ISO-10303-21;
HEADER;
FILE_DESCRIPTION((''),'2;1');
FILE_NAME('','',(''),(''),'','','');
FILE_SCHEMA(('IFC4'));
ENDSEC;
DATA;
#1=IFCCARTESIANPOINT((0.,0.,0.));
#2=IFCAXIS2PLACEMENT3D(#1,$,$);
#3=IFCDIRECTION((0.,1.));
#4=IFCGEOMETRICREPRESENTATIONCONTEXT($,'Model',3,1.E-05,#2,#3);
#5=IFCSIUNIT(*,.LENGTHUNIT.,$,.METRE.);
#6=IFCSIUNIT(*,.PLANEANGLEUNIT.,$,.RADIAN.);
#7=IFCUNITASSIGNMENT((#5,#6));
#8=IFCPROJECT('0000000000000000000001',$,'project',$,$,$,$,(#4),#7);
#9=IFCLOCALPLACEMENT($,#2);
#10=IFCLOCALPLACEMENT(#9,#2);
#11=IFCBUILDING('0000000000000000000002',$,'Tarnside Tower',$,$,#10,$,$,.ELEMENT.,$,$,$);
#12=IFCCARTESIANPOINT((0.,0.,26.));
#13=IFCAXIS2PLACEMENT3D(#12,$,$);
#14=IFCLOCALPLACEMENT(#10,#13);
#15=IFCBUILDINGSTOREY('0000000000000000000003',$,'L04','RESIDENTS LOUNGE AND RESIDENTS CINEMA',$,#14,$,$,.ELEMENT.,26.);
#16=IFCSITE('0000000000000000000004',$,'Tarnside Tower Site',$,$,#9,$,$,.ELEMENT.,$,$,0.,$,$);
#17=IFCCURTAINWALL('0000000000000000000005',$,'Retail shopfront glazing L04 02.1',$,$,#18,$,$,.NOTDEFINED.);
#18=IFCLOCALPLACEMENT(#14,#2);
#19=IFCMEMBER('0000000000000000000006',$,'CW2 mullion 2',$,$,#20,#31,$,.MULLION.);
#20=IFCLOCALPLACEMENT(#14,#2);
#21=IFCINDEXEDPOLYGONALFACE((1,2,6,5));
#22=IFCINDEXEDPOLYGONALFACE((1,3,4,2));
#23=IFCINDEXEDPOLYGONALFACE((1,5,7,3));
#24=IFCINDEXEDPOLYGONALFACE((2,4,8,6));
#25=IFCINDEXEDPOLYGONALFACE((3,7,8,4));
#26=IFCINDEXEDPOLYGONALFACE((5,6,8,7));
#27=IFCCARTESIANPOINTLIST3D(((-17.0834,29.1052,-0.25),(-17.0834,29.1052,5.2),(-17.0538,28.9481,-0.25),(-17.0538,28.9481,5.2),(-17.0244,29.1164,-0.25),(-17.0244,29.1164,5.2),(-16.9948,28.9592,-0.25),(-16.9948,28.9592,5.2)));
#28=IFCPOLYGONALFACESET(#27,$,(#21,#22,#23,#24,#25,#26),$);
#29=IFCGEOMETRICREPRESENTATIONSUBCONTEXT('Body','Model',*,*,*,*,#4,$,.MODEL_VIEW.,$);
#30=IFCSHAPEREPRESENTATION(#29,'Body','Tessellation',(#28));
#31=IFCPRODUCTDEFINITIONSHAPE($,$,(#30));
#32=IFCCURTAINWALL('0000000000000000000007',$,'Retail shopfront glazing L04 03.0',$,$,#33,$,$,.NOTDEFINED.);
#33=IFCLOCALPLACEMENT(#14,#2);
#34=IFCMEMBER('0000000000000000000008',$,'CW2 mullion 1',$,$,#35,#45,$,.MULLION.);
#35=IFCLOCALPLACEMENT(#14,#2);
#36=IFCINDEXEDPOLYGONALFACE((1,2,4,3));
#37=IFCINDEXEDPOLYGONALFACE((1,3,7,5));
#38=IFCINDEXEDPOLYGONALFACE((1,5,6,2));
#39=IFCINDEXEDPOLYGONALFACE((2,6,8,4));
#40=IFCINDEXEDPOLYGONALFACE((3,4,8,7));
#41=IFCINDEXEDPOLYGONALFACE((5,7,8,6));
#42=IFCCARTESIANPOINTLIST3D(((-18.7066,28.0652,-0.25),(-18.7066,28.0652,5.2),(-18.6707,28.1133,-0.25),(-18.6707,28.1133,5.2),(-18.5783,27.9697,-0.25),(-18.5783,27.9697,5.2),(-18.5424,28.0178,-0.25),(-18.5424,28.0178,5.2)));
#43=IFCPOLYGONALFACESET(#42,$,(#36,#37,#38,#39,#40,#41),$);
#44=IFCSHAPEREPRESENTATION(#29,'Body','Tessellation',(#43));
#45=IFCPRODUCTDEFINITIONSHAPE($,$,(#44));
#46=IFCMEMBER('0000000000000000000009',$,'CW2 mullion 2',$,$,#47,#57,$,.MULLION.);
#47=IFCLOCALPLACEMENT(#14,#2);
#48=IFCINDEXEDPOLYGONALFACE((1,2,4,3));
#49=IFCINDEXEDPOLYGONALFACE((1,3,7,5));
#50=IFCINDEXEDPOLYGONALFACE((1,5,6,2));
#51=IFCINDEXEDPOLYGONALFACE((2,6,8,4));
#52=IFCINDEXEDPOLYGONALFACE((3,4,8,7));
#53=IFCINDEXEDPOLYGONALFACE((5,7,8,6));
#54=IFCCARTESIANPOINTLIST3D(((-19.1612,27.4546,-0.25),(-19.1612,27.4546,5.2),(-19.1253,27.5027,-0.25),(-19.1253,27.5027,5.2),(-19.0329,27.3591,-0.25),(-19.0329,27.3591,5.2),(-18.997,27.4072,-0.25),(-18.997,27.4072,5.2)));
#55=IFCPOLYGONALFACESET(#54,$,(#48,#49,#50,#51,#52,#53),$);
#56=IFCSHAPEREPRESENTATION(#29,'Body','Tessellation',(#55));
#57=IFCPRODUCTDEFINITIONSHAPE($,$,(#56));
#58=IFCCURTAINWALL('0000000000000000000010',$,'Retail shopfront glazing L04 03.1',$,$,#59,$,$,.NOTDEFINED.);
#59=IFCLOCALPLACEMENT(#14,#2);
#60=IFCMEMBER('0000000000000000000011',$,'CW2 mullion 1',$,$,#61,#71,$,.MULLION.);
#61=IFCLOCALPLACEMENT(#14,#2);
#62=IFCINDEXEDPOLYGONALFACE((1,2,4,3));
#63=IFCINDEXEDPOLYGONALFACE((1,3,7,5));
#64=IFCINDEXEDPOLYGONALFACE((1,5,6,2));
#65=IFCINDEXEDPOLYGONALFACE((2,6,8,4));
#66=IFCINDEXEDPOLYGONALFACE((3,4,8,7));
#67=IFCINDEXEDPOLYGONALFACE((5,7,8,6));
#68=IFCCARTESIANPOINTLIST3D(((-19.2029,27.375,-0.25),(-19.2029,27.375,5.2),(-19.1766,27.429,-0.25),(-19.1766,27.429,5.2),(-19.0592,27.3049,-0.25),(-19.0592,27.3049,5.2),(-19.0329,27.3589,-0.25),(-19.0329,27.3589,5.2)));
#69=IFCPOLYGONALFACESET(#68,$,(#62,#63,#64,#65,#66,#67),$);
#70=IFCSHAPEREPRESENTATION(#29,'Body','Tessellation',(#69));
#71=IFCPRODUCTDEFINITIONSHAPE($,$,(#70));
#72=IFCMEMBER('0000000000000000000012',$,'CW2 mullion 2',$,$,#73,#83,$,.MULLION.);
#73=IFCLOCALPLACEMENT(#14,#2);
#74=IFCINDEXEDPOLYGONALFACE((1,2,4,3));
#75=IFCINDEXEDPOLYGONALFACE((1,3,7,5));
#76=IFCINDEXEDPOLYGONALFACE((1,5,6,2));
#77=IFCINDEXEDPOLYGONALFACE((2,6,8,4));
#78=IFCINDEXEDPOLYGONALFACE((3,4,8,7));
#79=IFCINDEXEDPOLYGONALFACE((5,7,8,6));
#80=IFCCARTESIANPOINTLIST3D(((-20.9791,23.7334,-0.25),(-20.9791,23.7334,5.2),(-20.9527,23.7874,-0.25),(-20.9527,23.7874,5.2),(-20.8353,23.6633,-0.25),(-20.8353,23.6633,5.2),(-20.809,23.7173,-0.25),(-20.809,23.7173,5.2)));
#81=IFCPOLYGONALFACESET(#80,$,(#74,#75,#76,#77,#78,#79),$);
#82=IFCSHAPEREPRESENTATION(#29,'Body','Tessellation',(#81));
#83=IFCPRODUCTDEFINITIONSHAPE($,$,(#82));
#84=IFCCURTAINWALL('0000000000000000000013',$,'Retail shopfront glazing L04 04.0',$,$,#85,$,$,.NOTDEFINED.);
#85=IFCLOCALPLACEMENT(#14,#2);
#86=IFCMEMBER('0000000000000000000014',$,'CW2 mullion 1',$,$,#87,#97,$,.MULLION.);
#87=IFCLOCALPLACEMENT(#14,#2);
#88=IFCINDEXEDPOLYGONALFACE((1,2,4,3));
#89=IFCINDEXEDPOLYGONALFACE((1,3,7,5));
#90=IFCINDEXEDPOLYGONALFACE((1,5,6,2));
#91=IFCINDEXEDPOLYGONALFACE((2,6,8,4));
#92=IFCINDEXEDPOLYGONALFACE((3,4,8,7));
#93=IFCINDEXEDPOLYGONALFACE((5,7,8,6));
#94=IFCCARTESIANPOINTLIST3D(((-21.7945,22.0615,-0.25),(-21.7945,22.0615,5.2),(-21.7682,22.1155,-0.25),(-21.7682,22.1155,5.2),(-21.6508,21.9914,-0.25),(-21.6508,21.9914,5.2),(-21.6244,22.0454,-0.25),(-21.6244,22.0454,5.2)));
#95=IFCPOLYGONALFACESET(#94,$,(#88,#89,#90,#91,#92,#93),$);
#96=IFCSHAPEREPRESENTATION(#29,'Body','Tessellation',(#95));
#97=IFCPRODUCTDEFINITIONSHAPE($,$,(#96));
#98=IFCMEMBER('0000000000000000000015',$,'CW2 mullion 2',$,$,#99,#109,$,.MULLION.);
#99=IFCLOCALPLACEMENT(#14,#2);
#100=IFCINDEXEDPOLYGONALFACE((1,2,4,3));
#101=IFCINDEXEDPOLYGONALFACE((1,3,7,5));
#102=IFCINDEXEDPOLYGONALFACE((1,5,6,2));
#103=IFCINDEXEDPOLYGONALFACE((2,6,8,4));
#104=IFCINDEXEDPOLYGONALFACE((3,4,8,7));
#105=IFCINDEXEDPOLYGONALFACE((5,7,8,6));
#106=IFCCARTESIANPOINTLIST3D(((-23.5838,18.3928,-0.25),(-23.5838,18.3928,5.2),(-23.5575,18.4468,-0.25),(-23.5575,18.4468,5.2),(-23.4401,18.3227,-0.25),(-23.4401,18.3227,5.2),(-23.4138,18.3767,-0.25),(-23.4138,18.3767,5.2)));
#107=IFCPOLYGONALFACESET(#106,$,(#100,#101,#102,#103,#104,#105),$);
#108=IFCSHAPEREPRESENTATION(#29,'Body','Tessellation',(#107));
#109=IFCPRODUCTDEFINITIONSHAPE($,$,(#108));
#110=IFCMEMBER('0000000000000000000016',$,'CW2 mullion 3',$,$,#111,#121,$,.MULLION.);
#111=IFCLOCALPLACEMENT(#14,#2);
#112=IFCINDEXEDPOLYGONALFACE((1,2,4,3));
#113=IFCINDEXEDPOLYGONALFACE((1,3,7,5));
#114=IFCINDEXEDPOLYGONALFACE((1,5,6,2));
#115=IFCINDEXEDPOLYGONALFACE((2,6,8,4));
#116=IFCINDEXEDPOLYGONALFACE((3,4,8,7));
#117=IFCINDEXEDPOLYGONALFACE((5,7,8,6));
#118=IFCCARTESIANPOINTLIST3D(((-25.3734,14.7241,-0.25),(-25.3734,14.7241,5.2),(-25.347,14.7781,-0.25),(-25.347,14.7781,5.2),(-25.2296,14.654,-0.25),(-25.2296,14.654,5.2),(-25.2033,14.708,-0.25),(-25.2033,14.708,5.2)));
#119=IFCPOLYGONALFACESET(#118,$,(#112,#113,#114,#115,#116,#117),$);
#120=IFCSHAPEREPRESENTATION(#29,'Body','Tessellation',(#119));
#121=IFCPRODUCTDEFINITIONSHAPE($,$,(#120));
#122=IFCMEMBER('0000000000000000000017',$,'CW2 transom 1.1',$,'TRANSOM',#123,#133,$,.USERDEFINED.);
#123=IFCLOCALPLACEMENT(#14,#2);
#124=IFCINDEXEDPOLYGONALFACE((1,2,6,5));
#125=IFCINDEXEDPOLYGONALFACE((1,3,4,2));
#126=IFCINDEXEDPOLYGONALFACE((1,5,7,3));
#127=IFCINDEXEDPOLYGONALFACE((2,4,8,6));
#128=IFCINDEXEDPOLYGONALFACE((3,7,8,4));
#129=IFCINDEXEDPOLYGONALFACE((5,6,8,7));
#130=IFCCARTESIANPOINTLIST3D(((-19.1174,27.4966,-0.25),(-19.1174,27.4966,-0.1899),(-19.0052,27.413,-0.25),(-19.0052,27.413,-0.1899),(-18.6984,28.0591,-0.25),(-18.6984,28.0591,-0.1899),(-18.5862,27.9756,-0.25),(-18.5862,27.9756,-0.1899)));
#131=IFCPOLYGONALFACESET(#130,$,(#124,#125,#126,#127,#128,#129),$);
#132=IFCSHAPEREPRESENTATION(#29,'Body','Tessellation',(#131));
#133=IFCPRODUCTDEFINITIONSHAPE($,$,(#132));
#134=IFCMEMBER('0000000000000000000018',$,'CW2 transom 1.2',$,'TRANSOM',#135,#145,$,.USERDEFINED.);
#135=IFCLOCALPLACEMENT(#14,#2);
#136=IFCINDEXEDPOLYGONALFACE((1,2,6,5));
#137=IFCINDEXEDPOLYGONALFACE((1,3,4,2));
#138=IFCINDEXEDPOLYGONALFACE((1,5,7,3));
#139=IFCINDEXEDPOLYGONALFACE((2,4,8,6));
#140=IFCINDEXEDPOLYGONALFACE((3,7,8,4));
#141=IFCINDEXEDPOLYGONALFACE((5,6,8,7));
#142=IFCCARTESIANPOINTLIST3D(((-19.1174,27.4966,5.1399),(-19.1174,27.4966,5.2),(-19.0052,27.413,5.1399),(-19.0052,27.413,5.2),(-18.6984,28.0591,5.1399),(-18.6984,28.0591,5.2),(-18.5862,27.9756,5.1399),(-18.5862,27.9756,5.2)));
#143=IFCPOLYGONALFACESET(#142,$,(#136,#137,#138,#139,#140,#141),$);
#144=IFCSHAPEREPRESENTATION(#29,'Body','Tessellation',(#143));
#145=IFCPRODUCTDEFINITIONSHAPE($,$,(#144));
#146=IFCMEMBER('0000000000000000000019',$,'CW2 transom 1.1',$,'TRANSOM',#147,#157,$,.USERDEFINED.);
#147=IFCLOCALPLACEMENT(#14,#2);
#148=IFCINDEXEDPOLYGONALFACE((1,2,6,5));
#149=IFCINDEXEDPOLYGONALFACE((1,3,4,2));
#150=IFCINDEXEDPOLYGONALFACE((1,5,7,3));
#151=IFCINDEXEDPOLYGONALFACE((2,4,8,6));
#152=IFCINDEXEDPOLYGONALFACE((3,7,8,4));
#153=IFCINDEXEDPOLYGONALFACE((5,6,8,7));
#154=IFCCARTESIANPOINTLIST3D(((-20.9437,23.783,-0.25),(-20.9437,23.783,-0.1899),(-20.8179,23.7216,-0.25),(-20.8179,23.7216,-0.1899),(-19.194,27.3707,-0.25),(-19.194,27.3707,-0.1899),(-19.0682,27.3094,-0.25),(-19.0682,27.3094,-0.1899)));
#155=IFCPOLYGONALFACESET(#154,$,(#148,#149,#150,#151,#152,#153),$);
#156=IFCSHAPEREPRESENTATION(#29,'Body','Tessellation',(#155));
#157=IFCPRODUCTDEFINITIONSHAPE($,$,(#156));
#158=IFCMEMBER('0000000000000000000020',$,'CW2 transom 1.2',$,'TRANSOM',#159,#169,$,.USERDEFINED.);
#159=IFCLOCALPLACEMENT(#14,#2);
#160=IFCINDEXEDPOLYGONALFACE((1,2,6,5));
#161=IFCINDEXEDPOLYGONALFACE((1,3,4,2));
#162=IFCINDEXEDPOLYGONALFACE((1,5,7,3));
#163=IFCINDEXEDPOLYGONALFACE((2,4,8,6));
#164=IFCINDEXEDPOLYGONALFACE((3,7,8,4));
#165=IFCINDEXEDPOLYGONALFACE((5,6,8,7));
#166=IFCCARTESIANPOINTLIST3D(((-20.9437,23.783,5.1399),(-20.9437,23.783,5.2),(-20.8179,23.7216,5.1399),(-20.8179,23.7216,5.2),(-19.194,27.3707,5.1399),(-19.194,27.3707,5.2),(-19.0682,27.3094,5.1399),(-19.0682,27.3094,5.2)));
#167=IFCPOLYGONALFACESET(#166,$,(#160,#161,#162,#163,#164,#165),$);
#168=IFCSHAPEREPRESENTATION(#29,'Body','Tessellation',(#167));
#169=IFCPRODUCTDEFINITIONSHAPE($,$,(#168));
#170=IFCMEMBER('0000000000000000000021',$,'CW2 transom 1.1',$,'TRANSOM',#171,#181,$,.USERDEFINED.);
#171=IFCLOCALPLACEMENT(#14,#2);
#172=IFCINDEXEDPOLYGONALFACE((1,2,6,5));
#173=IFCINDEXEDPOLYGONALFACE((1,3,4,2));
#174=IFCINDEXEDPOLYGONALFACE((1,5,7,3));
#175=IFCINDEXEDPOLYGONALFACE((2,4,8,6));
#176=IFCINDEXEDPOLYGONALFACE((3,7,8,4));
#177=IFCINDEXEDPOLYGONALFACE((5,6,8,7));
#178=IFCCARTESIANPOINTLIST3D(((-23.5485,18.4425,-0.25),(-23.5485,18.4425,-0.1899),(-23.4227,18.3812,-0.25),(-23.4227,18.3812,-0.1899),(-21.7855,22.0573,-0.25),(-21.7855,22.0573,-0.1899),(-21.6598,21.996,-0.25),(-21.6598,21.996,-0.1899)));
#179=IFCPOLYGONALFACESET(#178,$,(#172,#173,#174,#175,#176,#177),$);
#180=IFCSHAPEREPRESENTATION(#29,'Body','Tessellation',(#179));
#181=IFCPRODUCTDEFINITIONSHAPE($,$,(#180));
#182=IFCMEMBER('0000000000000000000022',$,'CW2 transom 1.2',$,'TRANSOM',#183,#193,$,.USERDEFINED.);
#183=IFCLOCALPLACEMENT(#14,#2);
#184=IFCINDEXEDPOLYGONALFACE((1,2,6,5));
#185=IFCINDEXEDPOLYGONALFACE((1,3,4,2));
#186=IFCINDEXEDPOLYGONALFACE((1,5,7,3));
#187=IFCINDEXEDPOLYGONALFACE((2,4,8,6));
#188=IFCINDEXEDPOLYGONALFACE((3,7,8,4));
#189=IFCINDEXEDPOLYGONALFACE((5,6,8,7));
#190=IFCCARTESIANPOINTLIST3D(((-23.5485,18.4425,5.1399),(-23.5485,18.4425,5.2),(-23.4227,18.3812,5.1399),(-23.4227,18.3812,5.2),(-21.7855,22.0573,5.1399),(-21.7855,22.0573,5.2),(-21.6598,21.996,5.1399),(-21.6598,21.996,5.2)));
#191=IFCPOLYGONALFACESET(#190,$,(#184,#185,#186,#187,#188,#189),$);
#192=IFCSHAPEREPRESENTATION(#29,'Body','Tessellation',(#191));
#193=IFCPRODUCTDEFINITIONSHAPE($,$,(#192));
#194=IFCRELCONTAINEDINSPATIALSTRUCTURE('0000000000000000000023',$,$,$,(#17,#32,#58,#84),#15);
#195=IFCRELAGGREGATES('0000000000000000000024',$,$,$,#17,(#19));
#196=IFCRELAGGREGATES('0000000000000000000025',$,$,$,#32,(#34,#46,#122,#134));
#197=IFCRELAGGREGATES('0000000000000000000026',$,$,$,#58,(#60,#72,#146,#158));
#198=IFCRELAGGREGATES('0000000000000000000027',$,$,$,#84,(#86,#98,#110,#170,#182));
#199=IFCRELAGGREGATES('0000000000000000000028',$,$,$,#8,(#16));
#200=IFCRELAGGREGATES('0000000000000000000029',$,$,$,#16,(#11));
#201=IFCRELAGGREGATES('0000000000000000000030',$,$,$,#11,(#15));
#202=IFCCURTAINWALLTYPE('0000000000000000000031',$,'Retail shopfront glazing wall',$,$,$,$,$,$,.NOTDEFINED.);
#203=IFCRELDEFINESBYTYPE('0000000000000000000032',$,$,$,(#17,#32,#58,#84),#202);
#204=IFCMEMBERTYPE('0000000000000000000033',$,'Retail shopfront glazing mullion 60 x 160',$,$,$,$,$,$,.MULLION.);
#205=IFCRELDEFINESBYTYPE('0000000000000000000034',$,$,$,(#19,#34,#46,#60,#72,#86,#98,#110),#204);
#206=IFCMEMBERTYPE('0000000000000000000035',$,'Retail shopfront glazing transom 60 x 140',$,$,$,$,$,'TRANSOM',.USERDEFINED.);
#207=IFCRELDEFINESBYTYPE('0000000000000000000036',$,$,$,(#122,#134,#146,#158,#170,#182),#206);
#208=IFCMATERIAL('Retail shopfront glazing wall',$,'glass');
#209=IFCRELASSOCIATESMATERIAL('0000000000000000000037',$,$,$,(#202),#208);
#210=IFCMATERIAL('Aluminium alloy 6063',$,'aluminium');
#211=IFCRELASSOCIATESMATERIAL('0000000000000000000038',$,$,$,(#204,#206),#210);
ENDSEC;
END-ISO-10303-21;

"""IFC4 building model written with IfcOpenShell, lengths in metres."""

from ifc_helpers import new_model, si_unit, direction, frame, origin, origin_2d, place, context, subcontext, project, spatial, rectangle, extrude, material, material_profile, profile_set, type_object, element, aggregate, save


model = new_model("IFC4")

# Units and contexts
model_context = context("Model", 3, precision=1e-05, world=origin(), true_north=direction((0.0, 1.0)))
body_context = subcontext(model_context, "Body", "Model", "MODEL_VIEW")
ifc_project = project(units=[si_unit("LENGTHUNIT", "METRE"), si_unit("PLANEANGLEUNIT", "RADIAN")], contexts=[model_context])

# Site, building, storey
site_placement = place(None, origin())
site = spatial("IfcSite", under=ifc_project, at=site_placement, Name="Tarnside Tower Site", CompositionType="ELEMENT", RefElevation=0.0)
building_placement = place(site_placement, origin())
building = spatial("IfcBuilding", under=site, at=building_placement, Name="Tarnside Tower", CompositionType="ELEMENT")
storey_placement = place(building_placement, frame((0.0, 0.0, 26.0)))
storey = spatial("IfcBuildingStorey", under=building, at=storey_placement, Name="L04", Description="RESIDENTS LOUNGE AND RESIDENTS CINEMA", CompositionType="ELEMENT", Elevation=26.0)

# Curtain wall, member
ifc_material_1 = material(Name="Retail shopfront glazing wall", Category="glass")
curtain_wall_type = type_object("IfcCurtainWallType", Name="Retail shopfront glazing wall", PredefinedType="NOTDEFINED", material=ifc_material_1)
curtain_wall_1_placement = place(storey_placement, origin())
curtain_wall_1 = element("IfcCurtainWall", 1, at=curtain_wall_1_placement, inside=storey, type_object=curtain_wall_type, Name="Retail shopfront glazing L04 02.1", PredefinedType="NOTDEFINED")
ifc_material_2 = material(Name="Aluminium alloy 6063", Category="aluminium")
ifc_material_profile_1 = material_profile(ifc_material_2, rectangle(XDim=0.1599, YDim=0.0601, at=origin_2d()), Name="Retail shopfront glazing mullion 60 x 160")
ifc_profile_set_1 = profile_set([ifc_material_profile_1], Name="Aluminium alloy 6063")
member_type_1 = type_object("IfcMemberType", Name="Retail shopfront glazing mullion 60 x 160", PredefinedType="MULLION", material=ifc_profile_set_1)
member_1_placement = place(storey_placement, frame((-17.0391, 29.0322, -0.25), z_axis=(0.0, 0.0, 1.0), x_axis=(0.185095, -0.982721, 0.0)))
member_1 = element("IfcMember", 2, at=member_1_placement, type_object=member_type_1, Name="CW2 mullion 2", PredefinedType="MULLION", context=body_context, shape_type="SweptSolid", body=[
    extrude(rectangle(XDim=0.1599, YDim=0.0601, at=origin_2d()), origin(), (0.0, 0.0, 1.0), 5.45),
])
aggregate(curtain_wall_1, [member_1])

# Curtain walls, members
curtain_wall_2_placement = place(storey_placement, origin())
curtain_wall_2 = element("IfcCurtainWall", 3, at=curtain_wall_2_placement, inside=storey, type_object=curtain_wall_type, Name="Retail shopfront glazing L04 03.0", PredefinedType="NOTDEFINED")
member_2_placement = place(storey_placement, frame((-18.6245, 28.0415, -0.25), z_axis=(0.0, 0.0, 1.0), x_axis=(0.802123, -0.597159, 0.0)))
member_2 = element("IfcMember", 4, at=member_2_placement, type_object=member_type_1, Name="CW2 mullion 1", PredefinedType="MULLION", context=body_context, shape_type="SweptSolid", body=[
    extrude(rectangle(XDim=0.1599, YDim=0.0601, at=origin_2d()), origin(), (0.0, 0.0, 1.0), 5.45),
])
member_3_placement = place(storey_placement, frame((-19.0791, 27.4309, -0.25), z_axis=(0.0, 0.0, 1.0), x_axis=(0.802123, -0.597159, 0.0)))
member_3 = element("IfcMember", 5, at=member_3_placement, type_object=member_type_1, Name="CW2 mullion 2", PredefinedType="MULLION", context=body_context, shape_type="SweptSolid", body=[
    extrude(rectangle(XDim=0.1599, YDim=0.0601, at=origin_2d()), origin(), (0.0, 0.0, 1.0), 5.45),
])
curtain_wall_3_placement = place(storey_placement, origin())
curtain_wall_3 = element("IfcCurtainWall", 6, at=curtain_wall_3_placement, inside=storey, type_object=curtain_wall_type, Name="Retail shopfront glazing L04 03.1", PredefinedType="NOTDEFINED")
member_4_placement = place(storey_placement, frame((-19.1179, 27.3669, -0.25), z_axis=(0.0, 0.0, 1.0), x_axis=(0.898794, -0.438371, 0.0)))
member_4 = element("IfcMember", 7, at=member_4_placement, type_object=member_type_1, Name="CW2 mullion 1", PredefinedType="MULLION", context=body_context, shape_type="SweptSolid", body=[
    extrude(rectangle(XDim=0.1599, YDim=0.0601, at=origin_2d()), origin(), (0.0, 0.0, 1.0), 5.45),
])
member_5_placement = place(storey_placement, frame((-20.894, 23.7253, -0.25), z_axis=(0.0, 0.0, 1.0), x_axis=(0.898794, -0.438371, 0.0)))
member_5 = element("IfcMember", 8, at=member_5_placement, type_object=member_type_1, Name="CW2 mullion 2", PredefinedType="MULLION", context=body_context, shape_type="SweptSolid", body=[
    extrude(rectangle(XDim=0.1599, YDim=0.0601, at=origin_2d()), origin(), (0.0, 0.0, 1.0), 5.45),
])
curtain_wall_4_placement = place(storey_placement, origin())
curtain_wall_4 = element("IfcCurtainWall", 9, at=curtain_wall_4_placement, inside=storey, type_object=curtain_wall_type, Name="Retail shopfront glazing L04 04.0", PredefinedType="NOTDEFINED")
member_6_placement = place(storey_placement, frame((-21.7095, 22.0535, -0.25), z_axis=(0.0, 0.0, 1.0), x_axis=(0.898794, -0.438371, 0.0)))
member_6 = element("IfcMember", 10, at=member_6_placement, type_object=member_type_1, Name="CW2 mullion 1", PredefinedType="MULLION", context=body_context, shape_type="SweptSolid", body=[
    extrude(rectangle(XDim=0.1599, YDim=0.0601, at=origin_2d()), origin(), (0.0, 0.0, 1.0), 5.45),
])
member_7_placement = place(storey_placement, frame((-23.4988, 18.3848, -0.25), z_axis=(0.0, 0.0, 1.0), x_axis=(0.898794, -0.438371, 0.0)))
member_7 = element("IfcMember", 11, at=member_7_placement, type_object=member_type_1, Name="CW2 mullion 2", PredefinedType="MULLION", context=body_context, shape_type="SweptSolid", body=[
    extrude(rectangle(XDim=0.1599, YDim=0.0601, at=origin_2d()), origin(), (0.0, 0.0, 1.0), 5.45),
])
member_8_placement = place(storey_placement, frame((-25.2883, 14.7161, -0.25), z_axis=(0.0, 0.0, 1.0), x_axis=(0.898794, -0.438371, 0.0)))
member_8 = element("IfcMember", 12, at=member_8_placement, type_object=member_type_1, Name="CW2 mullion 3", PredefinedType="MULLION", context=body_context, shape_type="SweptSolid", body=[
    extrude(rectangle(XDim=0.1599, YDim=0.0601, at=origin_2d()), origin(), (0.0, 0.0, 1.0), 5.45),
])

# Members
ifc_material_profile_2 = material_profile(ifc_material_2, rectangle(XDim=0.1399, YDim=0.0601, at=origin_2d()), Name="Retail shopfront glazing transom 60 x 140")
ifc_profile_set_2 = profile_set([ifc_material_profile_2], Name="Aluminium alloy 6063")
member_type_2 = type_object("IfcMemberType", Name="Retail shopfront glazing transom 60 x 140", ElementType="TRANSOM", PredefinedType="USERDEFINED", material=ifc_profile_set_2)
member_9_placement = place(storey_placement, frame((-18.6423, 28.0173, -0.22), z_axis=(-0.597323, -0.802001, 0.0), x_axis=(0.802001, -0.597323, 0.0)))
member_9 = element("IfcMember", 13, at=member_9_placement, type_object=member_type_2, Name="CW2 transom 1.1", ObjectType="TRANSOM", PredefinedType="USERDEFINED", context=body_context, shape_type="SweptSolid", body=[
    extrude(rectangle(XDim=0.1399, YDim=0.0601, at=origin_2d()), origin(), (0.0, 0.0, 1.0), 0.7014),
])
member_10_placement = place(storey_placement, frame((-18.6423, 28.0173, 5.1699), z_axis=(-0.597323, -0.802001, 0.0), x_axis=(0.802001, -0.597323, 0.0)))
member_10 = element("IfcMember", 14, at=member_10_placement, type_object=member_type_2, Name="CW2 transom 1.2", ObjectType="TRANSOM", PredefinedType="USERDEFINED", context=body_context, shape_type="SweptSolid", body=[
    extrude(rectangle(XDim=0.1399, YDim=0.0601, at=origin_2d()), origin(), (0.0, 0.0, 1.0), 0.7014),
])
member_11_placement = place(storey_placement, frame((-19.1311, 27.3401, -0.22), z_axis=(-0.438336, -0.898811, 0.0), x_axis=(0.898811, -0.438336, 0.0)))
member_11 = element("IfcMember", 15, at=member_11_placement, type_object=member_type_2, Name="CW2 transom 1.1", ObjectType="TRANSOM", PredefinedType="USERDEFINED", context=body_context, shape_type="SweptSolid", body=[
    extrude(rectangle(XDim=0.1399, YDim=0.0601, at=origin_2d()), origin(), (0.0, 0.0, 1.0), 3.9917),
])
member_12_placement = place(storey_placement, frame((-19.1311, 27.3401, 5.1699), z_axis=(-0.438336, -0.898811, 0.0), x_axis=(0.898811, -0.438336, 0.0)))
member_12 = element("IfcMember", 16, at=member_12_placement, type_object=member_type_2, Name="CW2 transom 1.2", ObjectType="TRANSOM", PredefinedType="USERDEFINED", context=body_context, shape_type="SweptSolid", body=[
    extrude(rectangle(XDim=0.1399, YDim=0.0601, at=origin_2d()), origin(), (0.0, 0.0, 1.0), 3.9917),
])
member_13_placement = place(storey_placement, frame((-21.7227, 22.0266, -0.22), z_axis=(-0.438353, -0.898803, 0.0), x_axis=(0.898803, -0.438353, 0.0)))
member_13 = element("IfcMember", 17, at=member_13_placement, type_object=member_type_2, Name="CW2 transom 1.1", ObjectType="TRANSOM", PredefinedType="USERDEFINED", context=body_context, shape_type="SweptSolid", body=[
    extrude(rectangle(XDim=0.1399, YDim=0.0601, at=origin_2d()), origin(), (0.0, 0.0, 1.0), 4.0217),
])
member_14_placement = place(storey_placement, frame((-21.7227, 22.0266, 5.1699), z_axis=(-0.438353, -0.898803, 0.0), x_axis=(0.898803, -0.438353, 0.0)))
member_14 = element("IfcMember", 18, at=member_14_placement, type_object=member_type_2, Name="CW2 transom 1.2", ObjectType="TRANSOM", PredefinedType="USERDEFINED", context=body_context, shape_type="SweptSolid", body=[
    extrude(rectangle(XDim=0.1399, YDim=0.0601, at=origin_2d()), origin(), (0.0, 0.0, 1.0), 4.0217),
])

aggregate(curtain_wall_2, [member_2, member_3, member_9, member_10])
aggregate(curtain_wall_3, [member_4, member_5, member_11, member_12])
aggregate(curtain_wall_4, [member_6, member_7, member_8, member_13, member_14])

save(model, "model.ifc")
